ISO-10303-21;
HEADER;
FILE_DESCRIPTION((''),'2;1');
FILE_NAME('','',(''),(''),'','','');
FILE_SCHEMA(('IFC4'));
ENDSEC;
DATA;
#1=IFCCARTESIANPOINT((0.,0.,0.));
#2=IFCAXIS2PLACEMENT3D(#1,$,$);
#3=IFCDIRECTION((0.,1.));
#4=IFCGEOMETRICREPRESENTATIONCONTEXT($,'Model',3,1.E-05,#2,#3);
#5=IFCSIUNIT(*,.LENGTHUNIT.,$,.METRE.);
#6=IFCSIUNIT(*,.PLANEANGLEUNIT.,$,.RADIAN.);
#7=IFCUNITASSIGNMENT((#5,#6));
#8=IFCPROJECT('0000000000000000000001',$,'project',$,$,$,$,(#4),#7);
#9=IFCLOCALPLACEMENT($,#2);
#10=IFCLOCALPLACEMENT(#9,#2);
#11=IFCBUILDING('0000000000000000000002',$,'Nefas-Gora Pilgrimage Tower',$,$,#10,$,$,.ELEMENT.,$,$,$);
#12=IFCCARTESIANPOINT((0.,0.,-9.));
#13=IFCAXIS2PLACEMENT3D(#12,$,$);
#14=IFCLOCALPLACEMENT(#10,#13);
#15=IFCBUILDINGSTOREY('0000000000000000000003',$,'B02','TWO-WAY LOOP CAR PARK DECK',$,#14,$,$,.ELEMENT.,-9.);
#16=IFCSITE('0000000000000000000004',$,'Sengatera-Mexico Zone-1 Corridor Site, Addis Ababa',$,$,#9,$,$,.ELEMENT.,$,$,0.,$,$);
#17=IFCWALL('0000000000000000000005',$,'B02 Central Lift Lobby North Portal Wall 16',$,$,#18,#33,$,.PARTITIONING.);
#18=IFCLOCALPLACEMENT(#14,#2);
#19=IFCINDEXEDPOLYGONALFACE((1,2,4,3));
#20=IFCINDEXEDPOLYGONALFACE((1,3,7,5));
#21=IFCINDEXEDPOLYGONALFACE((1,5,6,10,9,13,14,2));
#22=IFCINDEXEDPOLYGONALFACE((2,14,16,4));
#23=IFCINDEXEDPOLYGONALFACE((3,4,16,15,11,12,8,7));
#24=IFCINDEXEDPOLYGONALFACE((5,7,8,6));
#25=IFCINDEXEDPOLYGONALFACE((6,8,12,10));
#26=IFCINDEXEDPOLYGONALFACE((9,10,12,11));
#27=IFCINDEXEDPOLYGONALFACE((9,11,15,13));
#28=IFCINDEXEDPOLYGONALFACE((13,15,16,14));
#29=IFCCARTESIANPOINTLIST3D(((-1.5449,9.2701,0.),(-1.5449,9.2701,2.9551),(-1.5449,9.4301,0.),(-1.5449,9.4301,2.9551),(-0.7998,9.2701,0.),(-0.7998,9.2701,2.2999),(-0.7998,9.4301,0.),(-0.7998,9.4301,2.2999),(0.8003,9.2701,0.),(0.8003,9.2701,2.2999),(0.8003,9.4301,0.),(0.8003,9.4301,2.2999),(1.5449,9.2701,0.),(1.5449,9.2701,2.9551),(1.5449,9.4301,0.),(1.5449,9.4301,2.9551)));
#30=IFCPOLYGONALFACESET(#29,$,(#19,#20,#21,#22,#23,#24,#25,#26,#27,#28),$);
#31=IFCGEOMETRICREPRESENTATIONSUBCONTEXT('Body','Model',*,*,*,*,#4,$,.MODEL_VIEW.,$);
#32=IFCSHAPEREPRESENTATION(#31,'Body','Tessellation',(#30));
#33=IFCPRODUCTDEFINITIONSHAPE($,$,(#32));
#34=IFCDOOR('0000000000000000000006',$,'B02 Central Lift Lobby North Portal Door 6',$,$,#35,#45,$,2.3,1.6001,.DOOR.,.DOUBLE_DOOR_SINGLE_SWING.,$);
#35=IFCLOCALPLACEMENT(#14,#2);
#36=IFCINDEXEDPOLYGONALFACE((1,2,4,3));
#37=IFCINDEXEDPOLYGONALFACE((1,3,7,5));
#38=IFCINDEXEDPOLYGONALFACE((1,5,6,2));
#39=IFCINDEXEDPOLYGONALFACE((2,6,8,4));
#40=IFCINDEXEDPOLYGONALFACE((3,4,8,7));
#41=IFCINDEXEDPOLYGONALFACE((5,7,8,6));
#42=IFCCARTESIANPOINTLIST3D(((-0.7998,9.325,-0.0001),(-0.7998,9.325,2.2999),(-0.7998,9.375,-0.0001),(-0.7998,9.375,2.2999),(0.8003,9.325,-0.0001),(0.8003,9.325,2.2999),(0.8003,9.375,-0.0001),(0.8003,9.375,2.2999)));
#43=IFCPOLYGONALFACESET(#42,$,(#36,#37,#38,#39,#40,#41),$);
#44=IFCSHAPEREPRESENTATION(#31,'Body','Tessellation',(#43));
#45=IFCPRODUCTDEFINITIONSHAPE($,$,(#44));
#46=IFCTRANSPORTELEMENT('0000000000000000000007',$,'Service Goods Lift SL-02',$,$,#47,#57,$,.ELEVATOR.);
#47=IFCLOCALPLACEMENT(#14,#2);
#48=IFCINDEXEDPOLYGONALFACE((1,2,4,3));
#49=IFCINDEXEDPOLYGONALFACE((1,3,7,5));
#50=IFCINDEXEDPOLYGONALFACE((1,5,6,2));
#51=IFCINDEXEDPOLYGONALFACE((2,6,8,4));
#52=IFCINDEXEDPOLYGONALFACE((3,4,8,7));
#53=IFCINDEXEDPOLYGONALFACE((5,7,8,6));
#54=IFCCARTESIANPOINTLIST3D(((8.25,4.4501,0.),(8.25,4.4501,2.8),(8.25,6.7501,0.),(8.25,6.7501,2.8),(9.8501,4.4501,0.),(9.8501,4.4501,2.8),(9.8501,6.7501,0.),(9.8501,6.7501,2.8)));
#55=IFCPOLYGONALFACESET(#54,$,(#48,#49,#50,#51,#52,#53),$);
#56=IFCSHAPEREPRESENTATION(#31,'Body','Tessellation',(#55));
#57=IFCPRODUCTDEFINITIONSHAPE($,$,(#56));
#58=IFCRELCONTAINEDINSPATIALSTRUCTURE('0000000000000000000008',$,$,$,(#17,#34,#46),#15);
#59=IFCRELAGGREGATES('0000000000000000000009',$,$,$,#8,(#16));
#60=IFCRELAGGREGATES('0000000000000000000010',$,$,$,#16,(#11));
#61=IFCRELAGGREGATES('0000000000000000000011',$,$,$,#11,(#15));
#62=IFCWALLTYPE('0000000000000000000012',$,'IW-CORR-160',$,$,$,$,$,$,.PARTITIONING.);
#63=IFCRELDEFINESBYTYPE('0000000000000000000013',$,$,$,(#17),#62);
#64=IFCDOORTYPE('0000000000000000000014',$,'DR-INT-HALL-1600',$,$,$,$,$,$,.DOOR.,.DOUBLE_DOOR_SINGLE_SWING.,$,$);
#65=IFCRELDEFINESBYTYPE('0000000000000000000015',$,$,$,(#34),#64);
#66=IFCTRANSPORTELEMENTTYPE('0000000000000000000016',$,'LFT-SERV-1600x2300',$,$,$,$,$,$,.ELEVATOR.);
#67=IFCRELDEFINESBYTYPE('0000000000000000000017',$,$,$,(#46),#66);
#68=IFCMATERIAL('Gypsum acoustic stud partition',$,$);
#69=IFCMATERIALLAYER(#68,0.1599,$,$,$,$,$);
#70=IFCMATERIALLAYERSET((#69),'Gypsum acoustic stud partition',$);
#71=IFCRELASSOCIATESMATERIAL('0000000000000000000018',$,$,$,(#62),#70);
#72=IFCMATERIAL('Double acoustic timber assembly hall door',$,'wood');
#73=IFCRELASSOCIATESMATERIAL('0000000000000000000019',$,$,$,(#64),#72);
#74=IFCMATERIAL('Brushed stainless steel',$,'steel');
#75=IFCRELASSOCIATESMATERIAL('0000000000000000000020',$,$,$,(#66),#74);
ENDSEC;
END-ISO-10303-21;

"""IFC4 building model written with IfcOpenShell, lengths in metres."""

from ifc_helpers import new_model, si_unit, direction, frame, frame_2d, origin, origin_2d, place, context, subcontext, project, spatial, rectangle, extrude, source, transform, mapped, material, layer, layer_set, type_object, element, fill, save


model = new_model("IFC4")

# Units and contexts
model_context = context("Model", 3, precision=1e-05, world=origin(), true_north=direction((0.0, 1.0)))
body_context = subcontext(model_context, "Body", "Model", "MODEL_VIEW")
ifc_project = project(units=[si_unit("LENGTHUNIT", "METRE"), si_unit("PLANEANGLEUNIT", "RADIAN")], contexts=[model_context])

# Site, building, storey
site_placement = place(None, origin())
site = spatial("IfcSite", under=ifc_project, at=site_placement, Name="Sengatera-Mexico Zone-1 Corridor Site, Addis Ababa", CompositionType="ELEMENT", RefElevation=0.0)
building_placement = place(site_placement, origin())
building = spatial("IfcBuilding", under=site, at=building_placement, Name="Nefas-Gora Pilgrimage Tower", CompositionType="ELEMENT")
storey_placement = place(building_placement, frame((0.0, 0.0, -9.0)))
storey = spatial("IfcBuildingStorey", under=building, at=storey_placement, Name="B02", Description="TWO-WAY LOOP CAR PARK DECK", CompositionType="ELEMENT", Elevation=-9.0)

# Wall, opening, door
ifc_material_1 = material(Name="Gypsum acoustic stud partition")
ifc_layer_1 = layer(ifc_material_1, 0.1599)
ifc_layer_set_1 = layer_set([ifc_layer_1], Name="Gypsum acoustic stud partition")
wall_type_1 = type_object("IfcWallType", Name="IW-CORR-160", PredefinedType="PARTITIONING", material=ifc_layer_set_1)
shared_shape_1 = source(origin(), body_context, "Body", "SweptSolid", [
    extrude(rectangle(XDim=3.0898, YDim=0.1599, at=frame_2d((1.5449, 0.0))), origin(), (0.0, 0.0, 1.0), 2.9551),
])
wall_1_placement = place(storey_placement, frame((-1.5449, 9.3501, 0.0), z_axis=(0.0, 0.0, 1.0), x_axis=(1.0, 0.0, 0.0)))
wall_1 = element("IfcWall", 1, at=wall_1_placement, inside=storey, type_object=wall_type_1, Name="B02 Central Lift Lobby North Portal Wall 16", PredefinedType="PARTITIONING", context=body_context, shape_type="MappedRepresentation", body=[
    mapped(shared_shape_1, transform((0.0, 0.0, 0.0), x_axis=(1.0, 0.0, 0.0), y_axis=(0.0, 1.0, 0.0), z_axis=(0.0, 0.0, 1.0), scale=1.0)),
])
opening_1_placement = place(wall_1_placement, frame((0.7451, 0.0, 0.0)))
opening_1 = element("IfcOpeningElement", 2, at=opening_1_placement, cuts=wall_1, PredefinedType="OPENING", context=body_context, shape_type="SweptSolid", body=[
    extrude(rectangle(XDim=1.6001, YDim=2.3, at=frame_2d((0.8, 1.1499))), frame((0.0, 0.0898, 0.0), z_axis=(0.0, -1.0, 0.0), x_axis=(1.0, 0.0, 0.0)), (0.0, 0.0, 1.0), 0.1799),
])
ifc_material_2 = material(Name="Double acoustic timber assembly hall door", Category="wood")
door_type_1 = type_object("IfcDoorType", Name="DR-INT-HALL-1600", OperationType="DOUBLE_DOOR_SINGLE_SWING", PredefinedType="DOOR", material=ifc_material_2)
shared_shape_2 = source(origin(), body_context, "Body", "SweptSolid", [
    extrude(rectangle(XDim=1.6001, YDim=2.3, at=frame_2d((0.8, 1.1499))), frame((0.0, 0.0249, 0.0), z_axis=(0.0, -1.0, 0.0), x_axis=(1.0, 0.0, 0.0)), (0.0, 0.0, 1.0), 0.05),
])
door_1_placement = place(opening_1_placement, origin())
door_1 = element("IfcDoor", 3, at=door_1_placement, inside=storey, type_object=door_type_1, Name="B02 Central Lift Lobby North Portal Door 6", OperationType="DOUBLE_DOOR_SINGLE_SWING", OverallHeight=2.3, OverallWidth=1.6001, PredefinedType="DOOR", context=body_context, shape_type="MappedRepresentation", body=[
    mapped(shared_shape_2, transform((0.0, 0.0, 0.0), x_axis=(1.0, 0.0, 0.0), y_axis=(0.0, 1.0, 0.0), z_axis=(0.0, 0.0, 1.0), scale=1.0)),
])
fill(opening_1, door_1)

# Transport element
ifc_material_3 = material(Name="Brushed stainless steel", Category="steel")
transport_element_type = type_object("IfcTransportElementType", Name="LFT-SERV-1600x2300", PredefinedType="ELEVATOR", material=ifc_material_3)
shared_shape_3 = source(origin(), body_context, "Body", "SweptSolid", [
    extrude(rectangle(XDim=1.6001, YDim=2.3, at=origin_2d()), origin(), (0.0, 0.0, 1.0), 2.8),
])
transport_element_placement = place(storey_placement, frame((9.05, 5.6001, 0.0), z_axis=(0.0, 0.0, 1.0), x_axis=(1.0, 0.0, 0.0)))
element("IfcTransportElement", 4, at=transport_element_placement, inside=storey, type_object=transport_element_type, Name="Service Goods Lift SL-02", PredefinedType="ELEVATOR", context=body_context, shape_type="MappedRepresentation", body=[
    mapped(shared_shape_3, transform((0.0, 0.0, 0.0), x_axis=(1.0, 0.0, 0.0), y_axis=(0.0, 1.0, 0.0), z_axis=(0.0, 0.0, 1.0), scale=1.0)),
])

save(model, "model.ifc")
